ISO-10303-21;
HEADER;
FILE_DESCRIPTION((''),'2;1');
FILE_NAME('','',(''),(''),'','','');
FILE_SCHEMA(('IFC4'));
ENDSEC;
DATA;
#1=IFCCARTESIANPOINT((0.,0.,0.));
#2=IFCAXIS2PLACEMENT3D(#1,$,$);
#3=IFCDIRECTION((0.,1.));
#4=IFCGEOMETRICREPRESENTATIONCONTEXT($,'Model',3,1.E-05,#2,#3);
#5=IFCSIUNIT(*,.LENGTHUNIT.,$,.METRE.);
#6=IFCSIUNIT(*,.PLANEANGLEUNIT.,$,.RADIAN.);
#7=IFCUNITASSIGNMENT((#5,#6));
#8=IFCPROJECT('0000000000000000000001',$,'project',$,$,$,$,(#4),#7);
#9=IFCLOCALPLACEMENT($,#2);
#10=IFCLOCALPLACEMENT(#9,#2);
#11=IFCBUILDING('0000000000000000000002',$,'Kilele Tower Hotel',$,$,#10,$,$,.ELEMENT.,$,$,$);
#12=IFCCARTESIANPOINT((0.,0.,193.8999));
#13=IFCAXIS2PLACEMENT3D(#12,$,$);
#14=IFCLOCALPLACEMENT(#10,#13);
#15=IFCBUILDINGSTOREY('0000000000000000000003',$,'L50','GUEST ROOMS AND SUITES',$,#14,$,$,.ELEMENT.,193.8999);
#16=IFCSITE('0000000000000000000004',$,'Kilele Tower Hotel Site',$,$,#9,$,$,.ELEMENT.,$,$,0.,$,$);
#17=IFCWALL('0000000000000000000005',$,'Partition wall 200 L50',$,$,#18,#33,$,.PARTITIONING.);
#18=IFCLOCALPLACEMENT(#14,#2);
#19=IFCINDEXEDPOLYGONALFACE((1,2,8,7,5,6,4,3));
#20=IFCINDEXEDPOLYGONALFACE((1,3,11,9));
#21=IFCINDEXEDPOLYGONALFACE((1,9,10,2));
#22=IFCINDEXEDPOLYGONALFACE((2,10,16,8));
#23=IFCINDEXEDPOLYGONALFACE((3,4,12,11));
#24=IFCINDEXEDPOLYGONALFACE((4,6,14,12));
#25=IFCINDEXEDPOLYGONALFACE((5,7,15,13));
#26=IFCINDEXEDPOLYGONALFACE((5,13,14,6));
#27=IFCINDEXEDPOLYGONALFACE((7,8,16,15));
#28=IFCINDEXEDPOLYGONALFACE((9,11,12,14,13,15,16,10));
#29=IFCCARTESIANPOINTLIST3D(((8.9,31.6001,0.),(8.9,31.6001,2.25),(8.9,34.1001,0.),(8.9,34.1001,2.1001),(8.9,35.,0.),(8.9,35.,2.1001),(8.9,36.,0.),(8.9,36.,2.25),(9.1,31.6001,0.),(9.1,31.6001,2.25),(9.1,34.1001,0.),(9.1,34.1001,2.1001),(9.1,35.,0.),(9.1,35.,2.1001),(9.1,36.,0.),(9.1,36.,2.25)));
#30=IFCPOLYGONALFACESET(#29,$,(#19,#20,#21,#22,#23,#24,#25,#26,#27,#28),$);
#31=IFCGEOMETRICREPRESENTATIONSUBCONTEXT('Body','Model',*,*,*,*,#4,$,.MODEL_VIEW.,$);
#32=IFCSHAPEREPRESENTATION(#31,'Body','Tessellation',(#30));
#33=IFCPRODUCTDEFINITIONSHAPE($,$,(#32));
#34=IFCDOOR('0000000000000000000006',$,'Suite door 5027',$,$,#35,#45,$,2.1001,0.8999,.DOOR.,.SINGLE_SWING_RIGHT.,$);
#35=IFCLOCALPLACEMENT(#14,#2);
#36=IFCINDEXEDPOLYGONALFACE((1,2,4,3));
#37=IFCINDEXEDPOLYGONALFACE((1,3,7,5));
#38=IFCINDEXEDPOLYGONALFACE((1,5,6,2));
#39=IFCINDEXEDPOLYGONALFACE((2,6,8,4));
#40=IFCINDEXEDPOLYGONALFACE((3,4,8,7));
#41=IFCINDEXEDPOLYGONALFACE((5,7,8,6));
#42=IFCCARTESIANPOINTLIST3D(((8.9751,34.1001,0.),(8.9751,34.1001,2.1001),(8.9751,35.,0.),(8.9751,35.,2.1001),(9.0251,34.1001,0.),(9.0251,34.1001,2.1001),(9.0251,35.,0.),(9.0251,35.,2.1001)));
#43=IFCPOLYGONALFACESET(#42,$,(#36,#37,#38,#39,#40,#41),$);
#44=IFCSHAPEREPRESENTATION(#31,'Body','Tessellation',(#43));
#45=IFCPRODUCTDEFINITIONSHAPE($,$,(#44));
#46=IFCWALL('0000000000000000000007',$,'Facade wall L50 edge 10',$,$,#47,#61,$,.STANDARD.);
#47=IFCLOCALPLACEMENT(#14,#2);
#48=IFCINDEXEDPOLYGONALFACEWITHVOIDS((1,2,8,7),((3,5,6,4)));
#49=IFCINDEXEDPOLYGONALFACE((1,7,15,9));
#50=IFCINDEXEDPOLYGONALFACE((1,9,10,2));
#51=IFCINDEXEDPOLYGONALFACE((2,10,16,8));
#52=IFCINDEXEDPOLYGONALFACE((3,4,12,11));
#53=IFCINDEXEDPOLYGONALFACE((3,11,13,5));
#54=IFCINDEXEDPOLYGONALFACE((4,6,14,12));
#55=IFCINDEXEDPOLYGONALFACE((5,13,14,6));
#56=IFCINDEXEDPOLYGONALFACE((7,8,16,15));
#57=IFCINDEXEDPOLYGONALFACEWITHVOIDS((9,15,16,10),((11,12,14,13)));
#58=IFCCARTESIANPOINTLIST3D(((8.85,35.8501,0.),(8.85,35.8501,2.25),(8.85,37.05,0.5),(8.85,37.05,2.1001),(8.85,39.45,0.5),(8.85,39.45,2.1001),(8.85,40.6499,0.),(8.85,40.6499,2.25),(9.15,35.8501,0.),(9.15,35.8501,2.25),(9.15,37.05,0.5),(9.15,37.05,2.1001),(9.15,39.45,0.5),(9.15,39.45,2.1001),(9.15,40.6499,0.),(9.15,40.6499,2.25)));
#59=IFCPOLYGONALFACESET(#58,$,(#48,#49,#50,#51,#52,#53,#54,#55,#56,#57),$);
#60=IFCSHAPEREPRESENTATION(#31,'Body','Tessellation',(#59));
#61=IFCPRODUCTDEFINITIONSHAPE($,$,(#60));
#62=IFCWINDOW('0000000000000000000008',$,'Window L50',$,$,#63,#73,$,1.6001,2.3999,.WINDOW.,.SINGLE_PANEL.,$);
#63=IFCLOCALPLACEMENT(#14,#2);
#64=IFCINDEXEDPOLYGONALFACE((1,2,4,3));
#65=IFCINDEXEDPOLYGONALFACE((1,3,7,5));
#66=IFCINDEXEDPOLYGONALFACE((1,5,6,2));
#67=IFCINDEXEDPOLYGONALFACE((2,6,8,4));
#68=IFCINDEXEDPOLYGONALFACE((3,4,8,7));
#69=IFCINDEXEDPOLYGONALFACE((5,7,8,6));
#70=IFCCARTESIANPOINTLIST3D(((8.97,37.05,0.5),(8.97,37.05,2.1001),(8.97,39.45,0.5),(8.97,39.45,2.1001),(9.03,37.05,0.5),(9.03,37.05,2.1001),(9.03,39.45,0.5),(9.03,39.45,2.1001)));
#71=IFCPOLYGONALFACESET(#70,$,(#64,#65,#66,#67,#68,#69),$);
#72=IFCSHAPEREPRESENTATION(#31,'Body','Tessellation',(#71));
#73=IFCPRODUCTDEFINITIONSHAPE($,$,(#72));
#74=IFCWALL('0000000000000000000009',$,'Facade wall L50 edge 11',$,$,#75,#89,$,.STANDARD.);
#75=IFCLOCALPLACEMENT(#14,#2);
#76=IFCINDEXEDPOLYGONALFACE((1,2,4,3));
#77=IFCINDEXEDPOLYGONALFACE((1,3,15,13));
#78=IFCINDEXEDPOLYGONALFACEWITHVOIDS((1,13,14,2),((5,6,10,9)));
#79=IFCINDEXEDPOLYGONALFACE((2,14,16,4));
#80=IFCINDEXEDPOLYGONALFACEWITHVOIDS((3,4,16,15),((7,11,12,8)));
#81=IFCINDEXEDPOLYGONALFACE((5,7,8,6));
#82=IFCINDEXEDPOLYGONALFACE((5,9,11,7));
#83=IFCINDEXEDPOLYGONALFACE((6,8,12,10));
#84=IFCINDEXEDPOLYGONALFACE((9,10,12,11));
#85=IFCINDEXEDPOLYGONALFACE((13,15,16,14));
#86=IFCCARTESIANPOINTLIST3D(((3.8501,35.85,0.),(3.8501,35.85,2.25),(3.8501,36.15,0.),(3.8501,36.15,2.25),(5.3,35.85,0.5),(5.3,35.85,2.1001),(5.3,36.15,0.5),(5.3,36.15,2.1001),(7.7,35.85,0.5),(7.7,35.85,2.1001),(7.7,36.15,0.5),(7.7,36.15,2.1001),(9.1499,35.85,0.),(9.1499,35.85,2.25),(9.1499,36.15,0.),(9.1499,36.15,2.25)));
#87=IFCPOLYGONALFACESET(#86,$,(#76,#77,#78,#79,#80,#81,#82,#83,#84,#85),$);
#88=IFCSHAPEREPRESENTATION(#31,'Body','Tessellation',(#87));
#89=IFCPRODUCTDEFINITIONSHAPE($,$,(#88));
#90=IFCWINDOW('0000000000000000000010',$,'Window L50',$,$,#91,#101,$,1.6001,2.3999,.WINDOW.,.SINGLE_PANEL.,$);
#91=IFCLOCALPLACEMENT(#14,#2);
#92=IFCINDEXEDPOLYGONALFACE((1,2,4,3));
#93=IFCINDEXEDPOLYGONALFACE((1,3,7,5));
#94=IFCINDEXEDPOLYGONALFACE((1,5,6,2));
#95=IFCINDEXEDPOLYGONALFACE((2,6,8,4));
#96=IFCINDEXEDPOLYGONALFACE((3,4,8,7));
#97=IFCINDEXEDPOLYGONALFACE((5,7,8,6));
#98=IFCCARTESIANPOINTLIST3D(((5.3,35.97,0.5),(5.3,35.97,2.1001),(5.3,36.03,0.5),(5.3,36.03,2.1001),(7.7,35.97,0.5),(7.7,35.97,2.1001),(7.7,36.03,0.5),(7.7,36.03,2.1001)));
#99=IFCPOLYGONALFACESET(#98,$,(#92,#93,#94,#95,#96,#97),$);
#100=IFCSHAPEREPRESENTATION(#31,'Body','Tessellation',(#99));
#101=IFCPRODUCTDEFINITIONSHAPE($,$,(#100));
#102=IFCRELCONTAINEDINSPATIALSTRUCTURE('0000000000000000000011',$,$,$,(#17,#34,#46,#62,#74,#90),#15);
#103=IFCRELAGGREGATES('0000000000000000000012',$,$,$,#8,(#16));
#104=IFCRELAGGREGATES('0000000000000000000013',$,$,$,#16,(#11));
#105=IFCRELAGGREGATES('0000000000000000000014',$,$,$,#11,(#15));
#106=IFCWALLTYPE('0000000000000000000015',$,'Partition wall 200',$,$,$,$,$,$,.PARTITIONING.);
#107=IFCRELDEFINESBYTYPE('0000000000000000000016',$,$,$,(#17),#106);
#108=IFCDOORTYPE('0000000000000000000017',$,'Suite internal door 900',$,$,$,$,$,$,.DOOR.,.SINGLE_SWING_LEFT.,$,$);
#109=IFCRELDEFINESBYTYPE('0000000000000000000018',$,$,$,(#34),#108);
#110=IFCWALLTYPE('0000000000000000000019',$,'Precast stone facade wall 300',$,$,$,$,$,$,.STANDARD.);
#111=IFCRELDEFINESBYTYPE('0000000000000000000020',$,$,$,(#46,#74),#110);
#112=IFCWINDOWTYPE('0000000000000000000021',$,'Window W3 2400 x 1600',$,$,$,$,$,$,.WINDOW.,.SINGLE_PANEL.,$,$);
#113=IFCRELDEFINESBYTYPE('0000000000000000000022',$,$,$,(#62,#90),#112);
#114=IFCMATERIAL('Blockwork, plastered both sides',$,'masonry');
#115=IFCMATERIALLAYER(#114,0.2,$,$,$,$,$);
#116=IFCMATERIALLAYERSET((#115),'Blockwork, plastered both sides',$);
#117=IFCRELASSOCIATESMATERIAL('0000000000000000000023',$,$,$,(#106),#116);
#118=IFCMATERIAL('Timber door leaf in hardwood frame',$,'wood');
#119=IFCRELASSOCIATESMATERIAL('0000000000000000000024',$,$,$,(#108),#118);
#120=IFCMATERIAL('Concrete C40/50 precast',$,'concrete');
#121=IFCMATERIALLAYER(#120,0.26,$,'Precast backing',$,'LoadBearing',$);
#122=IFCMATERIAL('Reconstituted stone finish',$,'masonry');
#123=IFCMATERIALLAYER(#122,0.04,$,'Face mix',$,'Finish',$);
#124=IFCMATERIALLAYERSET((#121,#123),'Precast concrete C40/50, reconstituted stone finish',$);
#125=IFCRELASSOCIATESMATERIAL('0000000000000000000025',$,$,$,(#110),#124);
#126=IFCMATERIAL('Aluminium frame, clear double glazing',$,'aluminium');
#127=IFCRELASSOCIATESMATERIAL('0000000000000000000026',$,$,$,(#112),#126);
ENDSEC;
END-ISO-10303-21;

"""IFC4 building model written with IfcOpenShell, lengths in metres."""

from ifc_helpers import new_model, si_unit, direction, frame, frame_2d, origin, place, context, subcontext, project, spatial, rectangle, extrude, material, layer, layer_set, type_object, element, fill, save


model = new_model("IFC4")

# Units and contexts
model_context = context("Model", 3, precision=1e-05, world=origin(), true_north=direction((0.0, 1.0)))
body_context = subcontext(model_context, "Body", "Model", "MODEL_VIEW")
ifc_project = project(units=[si_unit("LENGTHUNIT", "METRE"), si_unit("PLANEANGLEUNIT", "RADIAN")], contexts=[model_context])

# Site, building, storey
site_placement = place(None, origin())
site = spatial("IfcSite", under=ifc_project, at=site_placement, Name="Kilele Tower Hotel Site", CompositionType="ELEMENT", RefElevation=0.0)
building_placement = place(site_placement, origin())
building = spatial("IfcBuilding", under=site, at=building_placement, Name="Kilele Tower Hotel", CompositionType="ELEMENT")
storey_placement = place(building_placement, frame((0.0, 0.0, 193.8999)))
storey = spatial("IfcBuildingStorey", under=building, at=storey_placement, Name="L50", Description="GUEST ROOMS AND SUITES", CompositionType="ELEMENT", Elevation=193.8999)

# Wall, opening, door
ifc_material_1 = material(Name="Blockwork, plastered both sides", Category="masonry")
ifc_layer_1 = layer(ifc_material_1, 0.2)
ifc_layer_set_1 = layer_set([ifc_layer_1], Name="Blockwork, plastered both sides")
wall_type_1 = type_object("IfcWallType", Name="Partition wall 200", PredefinedType="PARTITIONING", material=ifc_layer_set_1)
wall_1_placement = place(storey_placement, frame((9.0, 31.6001, 0.0), z_axis=(0.0, 0.0, 1.0), x_axis=(0.0, 1.0, 0.0)))
wall_1 = element("IfcWall", 1, at=wall_1_placement, inside=storey, type_object=wall_type_1, Name="Partition wall 200 L50", PredefinedType="PARTITIONING", context=body_context, shape_type="SweptSolid", body=[
    extrude(rectangle(XDim=4.3999, YDim=0.2, at=frame_2d((2.2, 0.0))), origin(), (0.0, 0.0, 1.0), 2.25),
])
opening_1_placement = place(wall_1_placement, frame((2.5, 0.0, 0.0)))
opening_1 = element("IfcOpeningElement", 2, at=opening_1_placement, cuts=wall_1, PredefinedType="OPENING", context=body_context, shape_type="SweptSolid", body=[
    extrude(rectangle(XDim=0.8999, YDim=2.1001, at=frame_2d((0.45, 1.05))), frame((0.0, 0.1099, 0.0), z_axis=(0.0, -1.0, 0.0), x_axis=(1.0, 0.0, 0.0)), (0.0, 0.0, 1.0), 0.22),
])
ifc_material_2 = material(Name="Timber door leaf in hardwood frame", Category="wood")
door_type_1 = type_object("IfcDoorType", Name="Suite internal door 900", OperationType="SINGLE_SWING_LEFT", PredefinedType="DOOR", material=ifc_material_2)
door_1_placement = place(opening_1_placement, origin())
door_1 = element("IfcDoor", 3, at=door_1_placement, inside=storey, type_object=door_type_1, Name="Suite door 5027", OperationType="SINGLE_SWING_RIGHT", OverallHeight=2.1001, OverallWidth=0.8999, PredefinedType="DOOR", context=body_context, shape_type="SweptSolid", body=[
    extrude(rectangle(XDim=0.8999, YDim=2.1001, at=frame_2d((0.45, 1.05))), frame((0.0, 0.0249, 0.0), z_axis=(0.0, -1.0, 0.0), x_axis=(1.0, 0.0, 0.0)), (0.0, 0.0, 1.0), 0.05),
])
fill(opening_1, door_1)

# Walls, openings, windows
ifc_material_3 = material(Name="Concrete C40/50 precast", Category="concrete")
ifc_layer_2 = layer(ifc_material_3, 0.26, Name="Precast backing", Category="LoadBearing")
ifc_material_4 = material(Name="Reconstituted stone finish", Category="masonry")
ifc_layer_3 = layer(ifc_material_4, 0.04, Name="Face mix", Category="Finish")
ifc_layer_set_2 = layer_set([ifc_layer_2, ifc_layer_3], Name="Precast concrete C40/50, reconstituted stone finish")
wall_type_2 = type_object("IfcWallType", Name="Precast stone facade wall 300", PredefinedType="STANDARD", material=ifc_layer_set_2)
wall_2_placement = place(storey_placement, frame((9.0, 40.6499, 0.0), z_axis=(0.0, 0.0, 1.0), x_axis=(0.0, -1.0, 0.0)))
wall_2 = element("IfcWall", 4, at=wall_2_placement, inside=storey, type_object=wall_type_2, Name="Facade wall L50 edge 10", PredefinedType="STANDARD", context=body_context, shape_type="SweptSolid", body=[
    extrude(rectangle(XDim=4.7998, YDim=0.3, at=frame_2d((2.3999, 0.0))), origin(), (0.0, 0.0, 1.0), 2.25),
])
opening_2_placement = place(wall_2_placement, frame((1.2, 0.0, 0.5)))
opening_2 = element("IfcOpeningElement", 5, at=opening_2_placement, cuts=wall_2, PredefinedType="OPENING", context=body_context, shape_type="SweptSolid", body=[
    extrude(rectangle(XDim=2.3999, YDim=1.6001, at=frame_2d((1.2, 0.8))), frame((0.0, 0.1599, 0.0), z_axis=(0.0, -1.0, 0.0), x_axis=(1.0, 0.0, 0.0)), (0.0, 0.0, 1.0), 0.3201),
])
ifc_material_5 = material(Name="Aluminium frame, clear double glazing", Category="aluminium")
window_type_1 = type_object("IfcWindowType", Name="Window W3 2400 x 1600", PartitioningType="SINGLE_PANEL", PredefinedType="WINDOW", material=ifc_material_5)
window_1_placement = place(opening_2_placement, origin())
window_1 = element("IfcWindow", 6, at=window_1_placement, inside=storey, type_object=window_type_1, Name="Window L50", OverallHeight=1.6001, OverallWidth=2.3999, PartitioningType="SINGLE_PANEL", PredefinedType="WINDOW", context=body_context, shape_type="SweptSolid", body=[
    extrude(rectangle(XDim=2.3999, YDim=1.6001, at=frame_2d((1.2, 0.8))), frame((0.0, 0.03, 0.0), z_axis=(0.0, -1.0, 0.0), x_axis=(1.0, 0.0, 0.0)), (0.0, 0.0, 1.0), 0.0601),
])
fill(opening_2, window_1)
wall_3_placement = place(storey_placement, frame((9.1499, 36.0, 0.0), z_axis=(0.0, 0.0, 1.0), x_axis=(-1.0, 0.0, 0.0)))
wall_3 = element("IfcWall", 7, at=wall_3_placement, inside=storey, type_object=wall_type_2, Name="Facade wall L50 edge 11", PredefinedType="STANDARD", context=body_context, shape_type="SweptSolid", body=[
    extrude(rectangle(XDim=5.2998, YDim=0.3, at=frame_2d((2.6499, 0.0))), origin(), (0.0, 0.0, 1.0), 2.25),
])
opening_3_placement = place(wall_3_placement, frame((1.45, 0.0, 0.5)))
opening_3 = element("IfcOpeningElement", 8, at=opening_3_placement, cuts=wall_3, PredefinedType="OPENING", context=body_context, shape_type="SweptSolid", body=[
    extrude(rectangle(XDim=2.3999, YDim=1.6001, at=frame_2d((1.2, 0.8))), frame((0.0, 0.1599, 0.0), z_axis=(0.0, -1.0, 0.0), x_axis=(1.0, 0.0, 0.0)), (0.0, 0.0, 1.0), 0.3201),
])
window_2_placement = place(opening_3_placement, origin())
window_2 = element("IfcWindow", 9, at=window_2_placement, inside=storey, type_object=window_type_1, Name="Window L50", OverallHeight=1.6001, OverallWidth=2.3999, PartitioningType="SINGLE_PANEL", PredefinedType="WINDOW", context=body_context, shape_type="SweptSolid", body=[
    extrude(rectangle(XDim=2.3999, YDim=1.6001, at=frame_2d((1.2, 0.8))), frame((0.0, 0.03, 0.0), z_axis=(0.0, -1.0, 0.0), x_axis=(1.0, 0.0, 0.0)), (0.0, 0.0, 1.0), 0.0601),
])
fill(opening_3, window_2)

save(model, "model.ifc")
